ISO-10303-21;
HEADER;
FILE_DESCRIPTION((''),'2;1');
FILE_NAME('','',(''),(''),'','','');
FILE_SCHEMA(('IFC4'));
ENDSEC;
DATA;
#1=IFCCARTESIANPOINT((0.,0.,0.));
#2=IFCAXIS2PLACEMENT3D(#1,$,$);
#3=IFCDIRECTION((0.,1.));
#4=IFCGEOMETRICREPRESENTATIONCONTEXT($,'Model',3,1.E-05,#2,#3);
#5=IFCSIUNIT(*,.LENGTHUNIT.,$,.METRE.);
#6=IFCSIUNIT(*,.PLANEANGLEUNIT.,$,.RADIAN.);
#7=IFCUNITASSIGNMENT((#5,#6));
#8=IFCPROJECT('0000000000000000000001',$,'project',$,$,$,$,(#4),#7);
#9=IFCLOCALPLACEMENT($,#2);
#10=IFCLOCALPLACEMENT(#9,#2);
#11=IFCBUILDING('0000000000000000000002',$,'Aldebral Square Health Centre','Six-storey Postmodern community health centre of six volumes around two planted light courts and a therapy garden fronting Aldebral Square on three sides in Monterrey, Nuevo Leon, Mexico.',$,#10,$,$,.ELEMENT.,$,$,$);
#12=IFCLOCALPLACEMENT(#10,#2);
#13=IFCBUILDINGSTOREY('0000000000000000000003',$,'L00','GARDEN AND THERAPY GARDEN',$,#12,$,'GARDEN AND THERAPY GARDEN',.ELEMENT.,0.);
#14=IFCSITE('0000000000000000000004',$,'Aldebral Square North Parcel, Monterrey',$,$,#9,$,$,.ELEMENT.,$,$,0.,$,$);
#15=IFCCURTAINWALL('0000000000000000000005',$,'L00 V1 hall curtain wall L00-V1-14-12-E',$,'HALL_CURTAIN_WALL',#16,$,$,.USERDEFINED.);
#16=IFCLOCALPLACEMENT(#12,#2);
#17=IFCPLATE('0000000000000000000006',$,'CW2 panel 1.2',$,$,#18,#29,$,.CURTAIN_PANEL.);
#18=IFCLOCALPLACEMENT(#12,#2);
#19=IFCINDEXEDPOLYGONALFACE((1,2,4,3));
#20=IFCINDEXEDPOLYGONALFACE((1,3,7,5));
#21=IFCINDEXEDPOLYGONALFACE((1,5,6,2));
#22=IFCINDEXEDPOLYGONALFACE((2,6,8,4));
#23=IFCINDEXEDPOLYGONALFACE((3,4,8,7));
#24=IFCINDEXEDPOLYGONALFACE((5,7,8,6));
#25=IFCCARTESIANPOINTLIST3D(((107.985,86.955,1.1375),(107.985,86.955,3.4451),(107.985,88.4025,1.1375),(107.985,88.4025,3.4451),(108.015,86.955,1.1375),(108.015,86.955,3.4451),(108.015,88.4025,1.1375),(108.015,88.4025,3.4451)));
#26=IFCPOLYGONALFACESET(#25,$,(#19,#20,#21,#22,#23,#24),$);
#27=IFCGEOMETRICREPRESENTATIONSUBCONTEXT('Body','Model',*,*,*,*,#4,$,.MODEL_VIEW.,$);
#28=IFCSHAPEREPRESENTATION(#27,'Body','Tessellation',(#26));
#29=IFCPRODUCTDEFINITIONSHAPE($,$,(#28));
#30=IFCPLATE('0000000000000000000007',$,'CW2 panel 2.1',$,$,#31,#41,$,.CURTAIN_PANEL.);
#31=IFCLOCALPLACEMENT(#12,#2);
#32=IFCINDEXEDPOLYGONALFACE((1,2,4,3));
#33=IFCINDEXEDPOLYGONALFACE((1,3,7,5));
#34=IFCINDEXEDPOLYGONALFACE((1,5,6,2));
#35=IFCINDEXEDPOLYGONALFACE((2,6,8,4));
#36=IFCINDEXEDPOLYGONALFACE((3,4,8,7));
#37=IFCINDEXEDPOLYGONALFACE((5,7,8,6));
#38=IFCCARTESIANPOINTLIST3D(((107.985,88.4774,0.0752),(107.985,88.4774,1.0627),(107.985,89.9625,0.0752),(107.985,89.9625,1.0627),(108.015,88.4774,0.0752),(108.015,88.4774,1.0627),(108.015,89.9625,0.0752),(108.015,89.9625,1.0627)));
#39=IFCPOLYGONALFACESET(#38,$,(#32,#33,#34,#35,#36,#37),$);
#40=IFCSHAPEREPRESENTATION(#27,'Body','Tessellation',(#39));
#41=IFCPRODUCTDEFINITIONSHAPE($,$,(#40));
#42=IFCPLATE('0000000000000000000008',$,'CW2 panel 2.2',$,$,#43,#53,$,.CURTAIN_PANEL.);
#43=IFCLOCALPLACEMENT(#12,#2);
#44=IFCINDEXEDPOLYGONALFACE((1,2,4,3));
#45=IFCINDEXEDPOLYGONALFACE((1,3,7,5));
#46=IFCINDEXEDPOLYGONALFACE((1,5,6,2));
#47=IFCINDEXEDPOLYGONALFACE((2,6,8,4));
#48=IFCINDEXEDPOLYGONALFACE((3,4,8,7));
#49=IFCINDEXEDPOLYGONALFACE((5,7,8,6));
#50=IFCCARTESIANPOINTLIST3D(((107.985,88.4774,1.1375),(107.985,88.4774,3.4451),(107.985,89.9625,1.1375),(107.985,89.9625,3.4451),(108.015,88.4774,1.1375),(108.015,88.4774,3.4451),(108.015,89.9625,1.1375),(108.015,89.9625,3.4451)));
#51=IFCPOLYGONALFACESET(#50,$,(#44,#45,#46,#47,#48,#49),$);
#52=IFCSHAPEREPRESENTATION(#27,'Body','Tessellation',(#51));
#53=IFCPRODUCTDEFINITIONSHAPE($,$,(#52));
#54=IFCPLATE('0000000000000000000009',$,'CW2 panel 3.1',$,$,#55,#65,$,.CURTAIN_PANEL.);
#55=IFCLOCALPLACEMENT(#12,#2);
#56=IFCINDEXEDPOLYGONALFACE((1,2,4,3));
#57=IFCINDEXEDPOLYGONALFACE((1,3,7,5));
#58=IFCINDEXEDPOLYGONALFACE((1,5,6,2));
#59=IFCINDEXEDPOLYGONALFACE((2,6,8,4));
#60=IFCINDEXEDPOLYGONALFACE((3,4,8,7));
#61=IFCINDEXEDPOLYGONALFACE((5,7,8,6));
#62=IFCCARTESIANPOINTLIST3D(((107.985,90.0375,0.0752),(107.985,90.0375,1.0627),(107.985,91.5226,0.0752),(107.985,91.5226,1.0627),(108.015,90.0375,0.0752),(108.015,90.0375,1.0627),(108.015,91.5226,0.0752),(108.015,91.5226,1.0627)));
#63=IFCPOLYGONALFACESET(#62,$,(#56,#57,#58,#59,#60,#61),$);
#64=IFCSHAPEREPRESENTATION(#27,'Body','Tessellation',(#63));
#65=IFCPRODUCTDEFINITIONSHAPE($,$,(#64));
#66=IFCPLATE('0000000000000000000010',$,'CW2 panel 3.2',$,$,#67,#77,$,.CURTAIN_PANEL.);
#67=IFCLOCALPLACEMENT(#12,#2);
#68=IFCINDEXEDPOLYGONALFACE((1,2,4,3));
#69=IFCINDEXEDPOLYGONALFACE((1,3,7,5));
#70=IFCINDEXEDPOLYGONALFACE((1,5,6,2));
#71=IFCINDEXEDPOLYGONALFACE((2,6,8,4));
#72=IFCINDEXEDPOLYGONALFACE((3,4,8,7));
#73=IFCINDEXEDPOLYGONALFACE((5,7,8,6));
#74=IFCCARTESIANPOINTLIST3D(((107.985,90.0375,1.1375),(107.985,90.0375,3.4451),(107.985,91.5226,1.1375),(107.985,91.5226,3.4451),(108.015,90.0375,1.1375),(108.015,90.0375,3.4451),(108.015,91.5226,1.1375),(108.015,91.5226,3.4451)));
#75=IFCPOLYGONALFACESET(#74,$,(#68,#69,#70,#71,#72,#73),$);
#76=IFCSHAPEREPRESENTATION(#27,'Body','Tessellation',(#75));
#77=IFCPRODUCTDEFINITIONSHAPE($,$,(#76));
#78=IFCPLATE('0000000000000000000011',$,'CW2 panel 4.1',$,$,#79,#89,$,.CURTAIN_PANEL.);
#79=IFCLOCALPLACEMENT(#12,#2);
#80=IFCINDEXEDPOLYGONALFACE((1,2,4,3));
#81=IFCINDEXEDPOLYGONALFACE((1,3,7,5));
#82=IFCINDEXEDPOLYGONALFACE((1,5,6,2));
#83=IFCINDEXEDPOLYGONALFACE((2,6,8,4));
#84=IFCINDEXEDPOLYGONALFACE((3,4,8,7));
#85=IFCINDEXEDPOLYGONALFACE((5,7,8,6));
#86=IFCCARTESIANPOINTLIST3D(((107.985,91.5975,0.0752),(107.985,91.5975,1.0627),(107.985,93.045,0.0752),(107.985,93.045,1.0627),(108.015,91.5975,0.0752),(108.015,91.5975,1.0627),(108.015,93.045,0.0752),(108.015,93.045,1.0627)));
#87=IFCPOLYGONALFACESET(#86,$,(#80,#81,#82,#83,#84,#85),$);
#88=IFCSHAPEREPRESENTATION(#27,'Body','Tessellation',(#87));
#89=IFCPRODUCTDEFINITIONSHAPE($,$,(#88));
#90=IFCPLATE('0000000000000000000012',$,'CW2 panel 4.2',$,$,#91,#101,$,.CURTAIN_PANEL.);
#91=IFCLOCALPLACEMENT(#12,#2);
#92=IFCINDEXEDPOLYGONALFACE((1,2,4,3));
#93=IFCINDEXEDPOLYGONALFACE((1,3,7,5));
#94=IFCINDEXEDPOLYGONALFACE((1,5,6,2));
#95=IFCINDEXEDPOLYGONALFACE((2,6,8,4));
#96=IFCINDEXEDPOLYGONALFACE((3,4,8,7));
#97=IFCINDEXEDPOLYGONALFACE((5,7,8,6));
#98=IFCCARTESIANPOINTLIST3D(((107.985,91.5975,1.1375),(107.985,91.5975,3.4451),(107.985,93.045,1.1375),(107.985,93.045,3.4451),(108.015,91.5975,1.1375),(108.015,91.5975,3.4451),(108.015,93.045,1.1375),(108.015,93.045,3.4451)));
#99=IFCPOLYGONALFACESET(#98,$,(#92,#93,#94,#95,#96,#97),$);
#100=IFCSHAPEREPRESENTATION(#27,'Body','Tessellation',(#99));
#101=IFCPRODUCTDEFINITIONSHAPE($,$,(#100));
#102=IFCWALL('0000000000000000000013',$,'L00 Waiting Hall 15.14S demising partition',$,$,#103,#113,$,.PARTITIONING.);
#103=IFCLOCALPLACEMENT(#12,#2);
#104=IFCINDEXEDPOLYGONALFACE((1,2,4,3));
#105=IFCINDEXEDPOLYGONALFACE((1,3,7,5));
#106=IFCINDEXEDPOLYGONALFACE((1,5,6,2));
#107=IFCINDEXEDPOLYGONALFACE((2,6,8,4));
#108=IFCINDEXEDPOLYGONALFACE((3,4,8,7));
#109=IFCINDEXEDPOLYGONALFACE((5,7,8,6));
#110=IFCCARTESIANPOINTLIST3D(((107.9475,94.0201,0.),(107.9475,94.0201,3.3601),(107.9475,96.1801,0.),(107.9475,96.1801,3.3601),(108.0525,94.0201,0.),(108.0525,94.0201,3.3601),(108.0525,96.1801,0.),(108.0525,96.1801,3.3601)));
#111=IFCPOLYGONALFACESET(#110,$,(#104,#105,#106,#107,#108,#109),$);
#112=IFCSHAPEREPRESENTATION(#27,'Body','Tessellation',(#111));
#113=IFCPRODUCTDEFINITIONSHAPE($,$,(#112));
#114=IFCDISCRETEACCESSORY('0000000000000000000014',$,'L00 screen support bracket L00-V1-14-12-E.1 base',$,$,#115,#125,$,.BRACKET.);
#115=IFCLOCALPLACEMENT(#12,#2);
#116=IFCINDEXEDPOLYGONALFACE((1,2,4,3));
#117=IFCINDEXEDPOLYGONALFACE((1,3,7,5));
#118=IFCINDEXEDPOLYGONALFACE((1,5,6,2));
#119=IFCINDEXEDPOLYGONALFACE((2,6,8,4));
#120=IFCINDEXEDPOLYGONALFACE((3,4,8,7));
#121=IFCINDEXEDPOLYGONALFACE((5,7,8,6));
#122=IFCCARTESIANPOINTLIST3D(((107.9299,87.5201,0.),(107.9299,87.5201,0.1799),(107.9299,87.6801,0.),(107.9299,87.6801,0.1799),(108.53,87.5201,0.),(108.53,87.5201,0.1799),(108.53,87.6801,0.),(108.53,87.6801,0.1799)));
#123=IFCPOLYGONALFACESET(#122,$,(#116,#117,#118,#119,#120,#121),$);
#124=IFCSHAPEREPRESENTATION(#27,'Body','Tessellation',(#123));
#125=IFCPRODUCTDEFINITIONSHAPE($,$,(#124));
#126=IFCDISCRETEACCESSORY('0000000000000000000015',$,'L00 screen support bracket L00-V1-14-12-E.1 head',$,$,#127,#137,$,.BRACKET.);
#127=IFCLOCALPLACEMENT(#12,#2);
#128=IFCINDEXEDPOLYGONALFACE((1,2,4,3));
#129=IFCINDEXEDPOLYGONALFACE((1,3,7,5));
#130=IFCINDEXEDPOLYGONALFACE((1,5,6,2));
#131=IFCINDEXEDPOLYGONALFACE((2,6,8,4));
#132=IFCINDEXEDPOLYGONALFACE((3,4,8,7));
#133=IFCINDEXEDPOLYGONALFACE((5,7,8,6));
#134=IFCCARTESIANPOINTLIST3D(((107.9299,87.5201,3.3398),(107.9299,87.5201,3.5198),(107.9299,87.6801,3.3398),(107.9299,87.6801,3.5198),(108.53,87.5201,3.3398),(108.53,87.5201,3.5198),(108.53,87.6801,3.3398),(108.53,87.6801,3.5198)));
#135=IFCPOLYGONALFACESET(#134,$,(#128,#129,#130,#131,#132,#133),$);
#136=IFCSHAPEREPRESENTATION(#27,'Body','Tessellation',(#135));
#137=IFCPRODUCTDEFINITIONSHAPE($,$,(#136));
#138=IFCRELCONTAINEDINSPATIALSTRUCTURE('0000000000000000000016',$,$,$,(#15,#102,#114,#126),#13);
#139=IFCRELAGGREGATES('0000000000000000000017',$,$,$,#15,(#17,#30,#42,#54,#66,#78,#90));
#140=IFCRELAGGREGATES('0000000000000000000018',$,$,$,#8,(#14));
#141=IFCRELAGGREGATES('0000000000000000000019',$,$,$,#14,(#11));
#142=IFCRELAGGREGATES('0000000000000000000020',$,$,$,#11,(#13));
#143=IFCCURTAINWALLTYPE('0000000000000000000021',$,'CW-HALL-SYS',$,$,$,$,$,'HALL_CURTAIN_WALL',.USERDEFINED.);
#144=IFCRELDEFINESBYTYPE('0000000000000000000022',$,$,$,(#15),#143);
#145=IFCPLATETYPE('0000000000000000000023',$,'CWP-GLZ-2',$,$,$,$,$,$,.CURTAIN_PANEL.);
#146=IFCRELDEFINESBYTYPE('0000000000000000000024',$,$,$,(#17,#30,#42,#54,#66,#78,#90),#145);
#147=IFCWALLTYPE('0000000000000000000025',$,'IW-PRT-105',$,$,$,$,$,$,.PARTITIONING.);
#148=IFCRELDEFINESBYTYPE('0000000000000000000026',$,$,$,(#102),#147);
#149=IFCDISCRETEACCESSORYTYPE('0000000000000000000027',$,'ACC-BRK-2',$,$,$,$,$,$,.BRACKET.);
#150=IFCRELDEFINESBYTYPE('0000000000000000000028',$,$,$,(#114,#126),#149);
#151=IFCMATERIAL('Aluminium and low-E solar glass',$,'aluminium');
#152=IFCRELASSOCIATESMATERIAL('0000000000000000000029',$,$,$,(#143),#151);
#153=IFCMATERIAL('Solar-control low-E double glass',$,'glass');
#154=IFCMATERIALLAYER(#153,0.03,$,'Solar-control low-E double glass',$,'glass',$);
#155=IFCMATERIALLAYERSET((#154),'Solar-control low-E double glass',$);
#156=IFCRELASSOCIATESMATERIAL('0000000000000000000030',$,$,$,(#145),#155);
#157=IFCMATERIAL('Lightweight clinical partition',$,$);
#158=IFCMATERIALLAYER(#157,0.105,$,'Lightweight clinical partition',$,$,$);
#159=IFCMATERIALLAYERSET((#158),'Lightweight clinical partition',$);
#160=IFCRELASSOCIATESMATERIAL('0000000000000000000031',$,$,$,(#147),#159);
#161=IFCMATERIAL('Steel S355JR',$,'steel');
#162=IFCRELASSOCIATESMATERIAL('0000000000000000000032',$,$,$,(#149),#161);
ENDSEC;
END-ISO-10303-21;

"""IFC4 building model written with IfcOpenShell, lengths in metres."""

from ifc_helpers import new_model, si_unit, direction, frame, frame_2d, origin, origin_2d, place, context, subcontext, project, spatial, rectangle, extrude, material, layer, layer_set, type_object, element, aggregate, save


model = new_model("IFC4")

# Units and contexts
model_context = context("Model", 3, precision=1e-05, world=origin(), true_north=direction((0.0, 1.0)))
body_context = subcontext(model_context, "Body", "Model", "MODEL_VIEW")
ifc_project = project(units=[si_unit("LENGTHUNIT", "METRE"), si_unit("PLANEANGLEUNIT", "RADIAN")], contexts=[model_context])

# Site, building, storey
site_placement = place(None, origin())
site = spatial("IfcSite", under=ifc_project, at=site_placement, Name="Aldebral Square North Parcel, Monterrey", CompositionType="ELEMENT", RefElevation=0.0)
building_placement = place(site_placement, origin())
building = spatial("IfcBuilding", under=site, at=building_placement, Name="Aldebral Square Health Centre", Description="Six-storey Postmodern community health centre of six volumes around two planted light courts and a therapy garden fronting Aldebral Square on three sides in Monterrey, Nuevo Leon, Mexico.", CompositionType="ELEMENT")
storey_placement = place(building_placement, origin())
storey = spatial("IfcBuildingStorey", under=building, at=storey_placement, Name="L00", Description="GARDEN AND THERAPY GARDEN", LongName="GARDEN AND THERAPY GARDEN", CompositionType="ELEMENT", Elevation=0.0)

# Curtain wall, plates
ifc_material_1 = material(Name="Aluminium and low-E solar glass", Category="aluminium")
curtain_wall_type = type_object("IfcCurtainWallType", Name="CW-HALL-SYS", ElementType="HALL_CURTAIN_WALL", PredefinedType="USERDEFINED", material=ifc_material_1)
curtain_wall_placement = place(storey_placement, origin())
curtain_wall = element("IfcCurtainWall", 1, at=curtain_wall_placement, inside=storey, type_object=curtain_wall_type, Name="L00 V1 hall curtain wall L00-V1-14-12-E", ObjectType="HALL_CURTAIN_WALL", PredefinedType="USERDEFINED")
ifc_material_2 = material(Name="Solar-control low-E double glass", Category="glass")
ifc_layer_1 = layer(ifc_material_2, 0.03, Name="Solar-control low-E double glass", Category="glass")
ifc_layer_set_1 = layer_set([ifc_layer_1], Name="Solar-control low-E double glass")
plate_type = type_object("IfcPlateType", Name="CWP-GLZ-2", PredefinedType="CURTAIN_PANEL", material=ifc_layer_set_1)
plate_1_placement = place(storey_placement, frame((108.0, 87.6787, 1.1375), z_axis=(0.0, 0.0, 1.0), x_axis=(0.0, 1.0, 0.0)))
plate_1 = element("IfcPlate", 2, at=plate_1_placement, type_object=plate_type, Name="CW2 panel 1.2", PredefinedType="CURTAIN_PANEL", context=body_context, shape_type="SweptSolid", body=[
    extrude(rectangle(XDim=1.4475, YDim=0.03, at=origin_2d()), origin(), (0.0, 0.0, 1.0), 2.3076),
])
plate_2_placement = place(storey_placement, frame((108.0, 89.22, 0.0752), z_axis=(0.0, 0.0, 1.0), x_axis=(0.0, 1.0, 0.0)))
plate_2 = element("IfcPlate", 3, at=plate_2_placement, type_object=plate_type, Name="CW2 panel 2.1", PredefinedType="CURTAIN_PANEL", context=body_context, shape_type="SweptSolid", body=[
    extrude(rectangle(XDim=1.4851, YDim=0.03, at=origin_2d()), origin(), (0.0, 0.0, 1.0), 0.9875),
])
plate_3_placement = place(storey_placement, frame((108.0, 89.22, 1.1375), z_axis=(0.0, 0.0, 1.0), x_axis=(0.0, 1.0, 0.0)))
plate_3 = element("IfcPlate", 4, at=plate_3_placement, type_object=plate_type, Name="CW2 panel 2.2", PredefinedType="CURTAIN_PANEL", context=body_context, shape_type="SweptSolid", body=[
    extrude(rectangle(XDim=1.4851, YDim=0.03, at=origin_2d()), origin(), (0.0, 0.0, 1.0), 2.3076),
])
plate_4_placement = place(storey_placement, frame((108.0, 90.78, 0.0752), z_axis=(0.0, 0.0, 1.0), x_axis=(0.0, 1.0, 0.0)))
plate_4 = element("IfcPlate", 5, at=plate_4_placement, type_object=plate_type, Name="CW2 panel 3.1", PredefinedType="CURTAIN_PANEL", context=body_context, shape_type="SweptSolid", body=[
    extrude(rectangle(XDim=1.4851, YDim=0.03, at=origin_2d()), origin(), (0.0, 0.0, 1.0), 0.9875),
])
plate_5_placement = place(storey_placement, frame((108.0, 90.78, 1.1375), z_axis=(0.0, 0.0, 1.0), x_axis=(0.0, 1.0, 0.0)))
plate_5 = element("IfcPlate", 6, at=plate_5_placement, type_object=plate_type, Name="CW2 panel 3.2", PredefinedType="CURTAIN_PANEL", context=body_context, shape_type="SweptSolid", body=[
    extrude(rectangle(XDim=1.4851, YDim=0.03, at=origin_2d()), origin(), (0.0, 0.0, 1.0), 2.3076),
])
plate_6_placement = place(storey_placement, frame((108.0, 92.3213, 0.0752), z_axis=(0.0, 0.0, 1.0), x_axis=(0.0, 1.0, 0.0)))
plate_6 = element("IfcPlate", 7, at=plate_6_placement, type_object=plate_type, Name="CW2 panel 4.1", PredefinedType="CURTAIN_PANEL", context=body_context, shape_type="SweptSolid", body=[
    extrude(rectangle(XDim=1.4475, YDim=0.03, at=origin_2d()), origin(), (0.0, 0.0, 1.0), 0.9875),
])
plate_7_placement = place(storey_placement, frame((108.0, 92.3213, 1.1375), z_axis=(0.0, 0.0, 1.0), x_axis=(0.0, 1.0, 0.0)))
plate_7 = element("IfcPlate", 8, at=plate_7_placement, type_object=plate_type, Name="CW2 panel 4.2", PredefinedType="CURTAIN_PANEL", context=body_context, shape_type="SweptSolid", body=[
    extrude(rectangle(XDim=1.4475, YDim=0.03, at=origin_2d()), origin(), (0.0, 0.0, 1.0), 2.3076),
])
aggregate(curtain_wall, [plate_1, plate_2, plate_3, plate_4, plate_5, plate_6, plate_7])

# Wall
ifc_material_3 = material(Name="Lightweight clinical partition")
ifc_layer_2 = layer(ifc_material_3, 0.105, Name="Lightweight clinical partition")
ifc_layer_set_2 = layer_set([ifc_layer_2], Name="Lightweight clinical partition")
wall_type = type_object("IfcWallType", Name="IW-PRT-105", PredefinedType="PARTITIONING", material=ifc_layer_set_2)
wall_placement = place(storey_placement, frame((108.0, 94.02, 0.0), z_axis=(0.0, 0.0, 1.0), x_axis=(0.0, 1.0, 0.0)))
element("IfcWall", 9, at=wall_placement, inside=storey, type_object=wall_type, Name="L00 Waiting Hall 15.14S demising partition", PredefinedType="PARTITIONING", context=body_context, shape_type="SweptSolid", body=[
    extrude(rectangle(XDim=2.1599, YDim=0.105, at=frame_2d((1.0801, 0.0))), origin(), (0.0, 0.0, 1.0), 3.3601),
])

# Discrete accessories
ifc_material_4 = material(Name="Steel S355JR", Category="steel")
discrete_accessory_type = type_object("IfcDiscreteAccessoryType", Name="ACC-BRK-2", PredefinedType="BRACKET", material=ifc_material_4)
for number, where, z_axis, x_axis, name in (
    (10, (108.23, 87.6001, 0.0), (0.0, 0.0, 1.0), (0.0, 1.0, 0.0), "L00 screen support bracket L00-V1-14-12-E.1 base"),
    (11, (108.23, 87.6001, 3.3398), (0.0, 0.0, 1.0), (0.0, 1.0, 0.0), "L00 screen support bracket L00-V1-14-12-E.1 head"),
):
    element("IfcDiscreteAccessory", number, at=place(storey_placement, frame(where, z_axis=z_axis, x_axis=x_axis)), inside=storey, type_object=discrete_accessory_type, Name=name, PredefinedType="BRACKET", context=body_context, shape_type="SweptSolid", body=[
        extrude(rectangle(XDim=0.1599, YDim=0.6001, at=origin_2d()), origin(), (0.0, 0.0, 1.0), 0.1799),
    ])

save(model, "model.ifc")
